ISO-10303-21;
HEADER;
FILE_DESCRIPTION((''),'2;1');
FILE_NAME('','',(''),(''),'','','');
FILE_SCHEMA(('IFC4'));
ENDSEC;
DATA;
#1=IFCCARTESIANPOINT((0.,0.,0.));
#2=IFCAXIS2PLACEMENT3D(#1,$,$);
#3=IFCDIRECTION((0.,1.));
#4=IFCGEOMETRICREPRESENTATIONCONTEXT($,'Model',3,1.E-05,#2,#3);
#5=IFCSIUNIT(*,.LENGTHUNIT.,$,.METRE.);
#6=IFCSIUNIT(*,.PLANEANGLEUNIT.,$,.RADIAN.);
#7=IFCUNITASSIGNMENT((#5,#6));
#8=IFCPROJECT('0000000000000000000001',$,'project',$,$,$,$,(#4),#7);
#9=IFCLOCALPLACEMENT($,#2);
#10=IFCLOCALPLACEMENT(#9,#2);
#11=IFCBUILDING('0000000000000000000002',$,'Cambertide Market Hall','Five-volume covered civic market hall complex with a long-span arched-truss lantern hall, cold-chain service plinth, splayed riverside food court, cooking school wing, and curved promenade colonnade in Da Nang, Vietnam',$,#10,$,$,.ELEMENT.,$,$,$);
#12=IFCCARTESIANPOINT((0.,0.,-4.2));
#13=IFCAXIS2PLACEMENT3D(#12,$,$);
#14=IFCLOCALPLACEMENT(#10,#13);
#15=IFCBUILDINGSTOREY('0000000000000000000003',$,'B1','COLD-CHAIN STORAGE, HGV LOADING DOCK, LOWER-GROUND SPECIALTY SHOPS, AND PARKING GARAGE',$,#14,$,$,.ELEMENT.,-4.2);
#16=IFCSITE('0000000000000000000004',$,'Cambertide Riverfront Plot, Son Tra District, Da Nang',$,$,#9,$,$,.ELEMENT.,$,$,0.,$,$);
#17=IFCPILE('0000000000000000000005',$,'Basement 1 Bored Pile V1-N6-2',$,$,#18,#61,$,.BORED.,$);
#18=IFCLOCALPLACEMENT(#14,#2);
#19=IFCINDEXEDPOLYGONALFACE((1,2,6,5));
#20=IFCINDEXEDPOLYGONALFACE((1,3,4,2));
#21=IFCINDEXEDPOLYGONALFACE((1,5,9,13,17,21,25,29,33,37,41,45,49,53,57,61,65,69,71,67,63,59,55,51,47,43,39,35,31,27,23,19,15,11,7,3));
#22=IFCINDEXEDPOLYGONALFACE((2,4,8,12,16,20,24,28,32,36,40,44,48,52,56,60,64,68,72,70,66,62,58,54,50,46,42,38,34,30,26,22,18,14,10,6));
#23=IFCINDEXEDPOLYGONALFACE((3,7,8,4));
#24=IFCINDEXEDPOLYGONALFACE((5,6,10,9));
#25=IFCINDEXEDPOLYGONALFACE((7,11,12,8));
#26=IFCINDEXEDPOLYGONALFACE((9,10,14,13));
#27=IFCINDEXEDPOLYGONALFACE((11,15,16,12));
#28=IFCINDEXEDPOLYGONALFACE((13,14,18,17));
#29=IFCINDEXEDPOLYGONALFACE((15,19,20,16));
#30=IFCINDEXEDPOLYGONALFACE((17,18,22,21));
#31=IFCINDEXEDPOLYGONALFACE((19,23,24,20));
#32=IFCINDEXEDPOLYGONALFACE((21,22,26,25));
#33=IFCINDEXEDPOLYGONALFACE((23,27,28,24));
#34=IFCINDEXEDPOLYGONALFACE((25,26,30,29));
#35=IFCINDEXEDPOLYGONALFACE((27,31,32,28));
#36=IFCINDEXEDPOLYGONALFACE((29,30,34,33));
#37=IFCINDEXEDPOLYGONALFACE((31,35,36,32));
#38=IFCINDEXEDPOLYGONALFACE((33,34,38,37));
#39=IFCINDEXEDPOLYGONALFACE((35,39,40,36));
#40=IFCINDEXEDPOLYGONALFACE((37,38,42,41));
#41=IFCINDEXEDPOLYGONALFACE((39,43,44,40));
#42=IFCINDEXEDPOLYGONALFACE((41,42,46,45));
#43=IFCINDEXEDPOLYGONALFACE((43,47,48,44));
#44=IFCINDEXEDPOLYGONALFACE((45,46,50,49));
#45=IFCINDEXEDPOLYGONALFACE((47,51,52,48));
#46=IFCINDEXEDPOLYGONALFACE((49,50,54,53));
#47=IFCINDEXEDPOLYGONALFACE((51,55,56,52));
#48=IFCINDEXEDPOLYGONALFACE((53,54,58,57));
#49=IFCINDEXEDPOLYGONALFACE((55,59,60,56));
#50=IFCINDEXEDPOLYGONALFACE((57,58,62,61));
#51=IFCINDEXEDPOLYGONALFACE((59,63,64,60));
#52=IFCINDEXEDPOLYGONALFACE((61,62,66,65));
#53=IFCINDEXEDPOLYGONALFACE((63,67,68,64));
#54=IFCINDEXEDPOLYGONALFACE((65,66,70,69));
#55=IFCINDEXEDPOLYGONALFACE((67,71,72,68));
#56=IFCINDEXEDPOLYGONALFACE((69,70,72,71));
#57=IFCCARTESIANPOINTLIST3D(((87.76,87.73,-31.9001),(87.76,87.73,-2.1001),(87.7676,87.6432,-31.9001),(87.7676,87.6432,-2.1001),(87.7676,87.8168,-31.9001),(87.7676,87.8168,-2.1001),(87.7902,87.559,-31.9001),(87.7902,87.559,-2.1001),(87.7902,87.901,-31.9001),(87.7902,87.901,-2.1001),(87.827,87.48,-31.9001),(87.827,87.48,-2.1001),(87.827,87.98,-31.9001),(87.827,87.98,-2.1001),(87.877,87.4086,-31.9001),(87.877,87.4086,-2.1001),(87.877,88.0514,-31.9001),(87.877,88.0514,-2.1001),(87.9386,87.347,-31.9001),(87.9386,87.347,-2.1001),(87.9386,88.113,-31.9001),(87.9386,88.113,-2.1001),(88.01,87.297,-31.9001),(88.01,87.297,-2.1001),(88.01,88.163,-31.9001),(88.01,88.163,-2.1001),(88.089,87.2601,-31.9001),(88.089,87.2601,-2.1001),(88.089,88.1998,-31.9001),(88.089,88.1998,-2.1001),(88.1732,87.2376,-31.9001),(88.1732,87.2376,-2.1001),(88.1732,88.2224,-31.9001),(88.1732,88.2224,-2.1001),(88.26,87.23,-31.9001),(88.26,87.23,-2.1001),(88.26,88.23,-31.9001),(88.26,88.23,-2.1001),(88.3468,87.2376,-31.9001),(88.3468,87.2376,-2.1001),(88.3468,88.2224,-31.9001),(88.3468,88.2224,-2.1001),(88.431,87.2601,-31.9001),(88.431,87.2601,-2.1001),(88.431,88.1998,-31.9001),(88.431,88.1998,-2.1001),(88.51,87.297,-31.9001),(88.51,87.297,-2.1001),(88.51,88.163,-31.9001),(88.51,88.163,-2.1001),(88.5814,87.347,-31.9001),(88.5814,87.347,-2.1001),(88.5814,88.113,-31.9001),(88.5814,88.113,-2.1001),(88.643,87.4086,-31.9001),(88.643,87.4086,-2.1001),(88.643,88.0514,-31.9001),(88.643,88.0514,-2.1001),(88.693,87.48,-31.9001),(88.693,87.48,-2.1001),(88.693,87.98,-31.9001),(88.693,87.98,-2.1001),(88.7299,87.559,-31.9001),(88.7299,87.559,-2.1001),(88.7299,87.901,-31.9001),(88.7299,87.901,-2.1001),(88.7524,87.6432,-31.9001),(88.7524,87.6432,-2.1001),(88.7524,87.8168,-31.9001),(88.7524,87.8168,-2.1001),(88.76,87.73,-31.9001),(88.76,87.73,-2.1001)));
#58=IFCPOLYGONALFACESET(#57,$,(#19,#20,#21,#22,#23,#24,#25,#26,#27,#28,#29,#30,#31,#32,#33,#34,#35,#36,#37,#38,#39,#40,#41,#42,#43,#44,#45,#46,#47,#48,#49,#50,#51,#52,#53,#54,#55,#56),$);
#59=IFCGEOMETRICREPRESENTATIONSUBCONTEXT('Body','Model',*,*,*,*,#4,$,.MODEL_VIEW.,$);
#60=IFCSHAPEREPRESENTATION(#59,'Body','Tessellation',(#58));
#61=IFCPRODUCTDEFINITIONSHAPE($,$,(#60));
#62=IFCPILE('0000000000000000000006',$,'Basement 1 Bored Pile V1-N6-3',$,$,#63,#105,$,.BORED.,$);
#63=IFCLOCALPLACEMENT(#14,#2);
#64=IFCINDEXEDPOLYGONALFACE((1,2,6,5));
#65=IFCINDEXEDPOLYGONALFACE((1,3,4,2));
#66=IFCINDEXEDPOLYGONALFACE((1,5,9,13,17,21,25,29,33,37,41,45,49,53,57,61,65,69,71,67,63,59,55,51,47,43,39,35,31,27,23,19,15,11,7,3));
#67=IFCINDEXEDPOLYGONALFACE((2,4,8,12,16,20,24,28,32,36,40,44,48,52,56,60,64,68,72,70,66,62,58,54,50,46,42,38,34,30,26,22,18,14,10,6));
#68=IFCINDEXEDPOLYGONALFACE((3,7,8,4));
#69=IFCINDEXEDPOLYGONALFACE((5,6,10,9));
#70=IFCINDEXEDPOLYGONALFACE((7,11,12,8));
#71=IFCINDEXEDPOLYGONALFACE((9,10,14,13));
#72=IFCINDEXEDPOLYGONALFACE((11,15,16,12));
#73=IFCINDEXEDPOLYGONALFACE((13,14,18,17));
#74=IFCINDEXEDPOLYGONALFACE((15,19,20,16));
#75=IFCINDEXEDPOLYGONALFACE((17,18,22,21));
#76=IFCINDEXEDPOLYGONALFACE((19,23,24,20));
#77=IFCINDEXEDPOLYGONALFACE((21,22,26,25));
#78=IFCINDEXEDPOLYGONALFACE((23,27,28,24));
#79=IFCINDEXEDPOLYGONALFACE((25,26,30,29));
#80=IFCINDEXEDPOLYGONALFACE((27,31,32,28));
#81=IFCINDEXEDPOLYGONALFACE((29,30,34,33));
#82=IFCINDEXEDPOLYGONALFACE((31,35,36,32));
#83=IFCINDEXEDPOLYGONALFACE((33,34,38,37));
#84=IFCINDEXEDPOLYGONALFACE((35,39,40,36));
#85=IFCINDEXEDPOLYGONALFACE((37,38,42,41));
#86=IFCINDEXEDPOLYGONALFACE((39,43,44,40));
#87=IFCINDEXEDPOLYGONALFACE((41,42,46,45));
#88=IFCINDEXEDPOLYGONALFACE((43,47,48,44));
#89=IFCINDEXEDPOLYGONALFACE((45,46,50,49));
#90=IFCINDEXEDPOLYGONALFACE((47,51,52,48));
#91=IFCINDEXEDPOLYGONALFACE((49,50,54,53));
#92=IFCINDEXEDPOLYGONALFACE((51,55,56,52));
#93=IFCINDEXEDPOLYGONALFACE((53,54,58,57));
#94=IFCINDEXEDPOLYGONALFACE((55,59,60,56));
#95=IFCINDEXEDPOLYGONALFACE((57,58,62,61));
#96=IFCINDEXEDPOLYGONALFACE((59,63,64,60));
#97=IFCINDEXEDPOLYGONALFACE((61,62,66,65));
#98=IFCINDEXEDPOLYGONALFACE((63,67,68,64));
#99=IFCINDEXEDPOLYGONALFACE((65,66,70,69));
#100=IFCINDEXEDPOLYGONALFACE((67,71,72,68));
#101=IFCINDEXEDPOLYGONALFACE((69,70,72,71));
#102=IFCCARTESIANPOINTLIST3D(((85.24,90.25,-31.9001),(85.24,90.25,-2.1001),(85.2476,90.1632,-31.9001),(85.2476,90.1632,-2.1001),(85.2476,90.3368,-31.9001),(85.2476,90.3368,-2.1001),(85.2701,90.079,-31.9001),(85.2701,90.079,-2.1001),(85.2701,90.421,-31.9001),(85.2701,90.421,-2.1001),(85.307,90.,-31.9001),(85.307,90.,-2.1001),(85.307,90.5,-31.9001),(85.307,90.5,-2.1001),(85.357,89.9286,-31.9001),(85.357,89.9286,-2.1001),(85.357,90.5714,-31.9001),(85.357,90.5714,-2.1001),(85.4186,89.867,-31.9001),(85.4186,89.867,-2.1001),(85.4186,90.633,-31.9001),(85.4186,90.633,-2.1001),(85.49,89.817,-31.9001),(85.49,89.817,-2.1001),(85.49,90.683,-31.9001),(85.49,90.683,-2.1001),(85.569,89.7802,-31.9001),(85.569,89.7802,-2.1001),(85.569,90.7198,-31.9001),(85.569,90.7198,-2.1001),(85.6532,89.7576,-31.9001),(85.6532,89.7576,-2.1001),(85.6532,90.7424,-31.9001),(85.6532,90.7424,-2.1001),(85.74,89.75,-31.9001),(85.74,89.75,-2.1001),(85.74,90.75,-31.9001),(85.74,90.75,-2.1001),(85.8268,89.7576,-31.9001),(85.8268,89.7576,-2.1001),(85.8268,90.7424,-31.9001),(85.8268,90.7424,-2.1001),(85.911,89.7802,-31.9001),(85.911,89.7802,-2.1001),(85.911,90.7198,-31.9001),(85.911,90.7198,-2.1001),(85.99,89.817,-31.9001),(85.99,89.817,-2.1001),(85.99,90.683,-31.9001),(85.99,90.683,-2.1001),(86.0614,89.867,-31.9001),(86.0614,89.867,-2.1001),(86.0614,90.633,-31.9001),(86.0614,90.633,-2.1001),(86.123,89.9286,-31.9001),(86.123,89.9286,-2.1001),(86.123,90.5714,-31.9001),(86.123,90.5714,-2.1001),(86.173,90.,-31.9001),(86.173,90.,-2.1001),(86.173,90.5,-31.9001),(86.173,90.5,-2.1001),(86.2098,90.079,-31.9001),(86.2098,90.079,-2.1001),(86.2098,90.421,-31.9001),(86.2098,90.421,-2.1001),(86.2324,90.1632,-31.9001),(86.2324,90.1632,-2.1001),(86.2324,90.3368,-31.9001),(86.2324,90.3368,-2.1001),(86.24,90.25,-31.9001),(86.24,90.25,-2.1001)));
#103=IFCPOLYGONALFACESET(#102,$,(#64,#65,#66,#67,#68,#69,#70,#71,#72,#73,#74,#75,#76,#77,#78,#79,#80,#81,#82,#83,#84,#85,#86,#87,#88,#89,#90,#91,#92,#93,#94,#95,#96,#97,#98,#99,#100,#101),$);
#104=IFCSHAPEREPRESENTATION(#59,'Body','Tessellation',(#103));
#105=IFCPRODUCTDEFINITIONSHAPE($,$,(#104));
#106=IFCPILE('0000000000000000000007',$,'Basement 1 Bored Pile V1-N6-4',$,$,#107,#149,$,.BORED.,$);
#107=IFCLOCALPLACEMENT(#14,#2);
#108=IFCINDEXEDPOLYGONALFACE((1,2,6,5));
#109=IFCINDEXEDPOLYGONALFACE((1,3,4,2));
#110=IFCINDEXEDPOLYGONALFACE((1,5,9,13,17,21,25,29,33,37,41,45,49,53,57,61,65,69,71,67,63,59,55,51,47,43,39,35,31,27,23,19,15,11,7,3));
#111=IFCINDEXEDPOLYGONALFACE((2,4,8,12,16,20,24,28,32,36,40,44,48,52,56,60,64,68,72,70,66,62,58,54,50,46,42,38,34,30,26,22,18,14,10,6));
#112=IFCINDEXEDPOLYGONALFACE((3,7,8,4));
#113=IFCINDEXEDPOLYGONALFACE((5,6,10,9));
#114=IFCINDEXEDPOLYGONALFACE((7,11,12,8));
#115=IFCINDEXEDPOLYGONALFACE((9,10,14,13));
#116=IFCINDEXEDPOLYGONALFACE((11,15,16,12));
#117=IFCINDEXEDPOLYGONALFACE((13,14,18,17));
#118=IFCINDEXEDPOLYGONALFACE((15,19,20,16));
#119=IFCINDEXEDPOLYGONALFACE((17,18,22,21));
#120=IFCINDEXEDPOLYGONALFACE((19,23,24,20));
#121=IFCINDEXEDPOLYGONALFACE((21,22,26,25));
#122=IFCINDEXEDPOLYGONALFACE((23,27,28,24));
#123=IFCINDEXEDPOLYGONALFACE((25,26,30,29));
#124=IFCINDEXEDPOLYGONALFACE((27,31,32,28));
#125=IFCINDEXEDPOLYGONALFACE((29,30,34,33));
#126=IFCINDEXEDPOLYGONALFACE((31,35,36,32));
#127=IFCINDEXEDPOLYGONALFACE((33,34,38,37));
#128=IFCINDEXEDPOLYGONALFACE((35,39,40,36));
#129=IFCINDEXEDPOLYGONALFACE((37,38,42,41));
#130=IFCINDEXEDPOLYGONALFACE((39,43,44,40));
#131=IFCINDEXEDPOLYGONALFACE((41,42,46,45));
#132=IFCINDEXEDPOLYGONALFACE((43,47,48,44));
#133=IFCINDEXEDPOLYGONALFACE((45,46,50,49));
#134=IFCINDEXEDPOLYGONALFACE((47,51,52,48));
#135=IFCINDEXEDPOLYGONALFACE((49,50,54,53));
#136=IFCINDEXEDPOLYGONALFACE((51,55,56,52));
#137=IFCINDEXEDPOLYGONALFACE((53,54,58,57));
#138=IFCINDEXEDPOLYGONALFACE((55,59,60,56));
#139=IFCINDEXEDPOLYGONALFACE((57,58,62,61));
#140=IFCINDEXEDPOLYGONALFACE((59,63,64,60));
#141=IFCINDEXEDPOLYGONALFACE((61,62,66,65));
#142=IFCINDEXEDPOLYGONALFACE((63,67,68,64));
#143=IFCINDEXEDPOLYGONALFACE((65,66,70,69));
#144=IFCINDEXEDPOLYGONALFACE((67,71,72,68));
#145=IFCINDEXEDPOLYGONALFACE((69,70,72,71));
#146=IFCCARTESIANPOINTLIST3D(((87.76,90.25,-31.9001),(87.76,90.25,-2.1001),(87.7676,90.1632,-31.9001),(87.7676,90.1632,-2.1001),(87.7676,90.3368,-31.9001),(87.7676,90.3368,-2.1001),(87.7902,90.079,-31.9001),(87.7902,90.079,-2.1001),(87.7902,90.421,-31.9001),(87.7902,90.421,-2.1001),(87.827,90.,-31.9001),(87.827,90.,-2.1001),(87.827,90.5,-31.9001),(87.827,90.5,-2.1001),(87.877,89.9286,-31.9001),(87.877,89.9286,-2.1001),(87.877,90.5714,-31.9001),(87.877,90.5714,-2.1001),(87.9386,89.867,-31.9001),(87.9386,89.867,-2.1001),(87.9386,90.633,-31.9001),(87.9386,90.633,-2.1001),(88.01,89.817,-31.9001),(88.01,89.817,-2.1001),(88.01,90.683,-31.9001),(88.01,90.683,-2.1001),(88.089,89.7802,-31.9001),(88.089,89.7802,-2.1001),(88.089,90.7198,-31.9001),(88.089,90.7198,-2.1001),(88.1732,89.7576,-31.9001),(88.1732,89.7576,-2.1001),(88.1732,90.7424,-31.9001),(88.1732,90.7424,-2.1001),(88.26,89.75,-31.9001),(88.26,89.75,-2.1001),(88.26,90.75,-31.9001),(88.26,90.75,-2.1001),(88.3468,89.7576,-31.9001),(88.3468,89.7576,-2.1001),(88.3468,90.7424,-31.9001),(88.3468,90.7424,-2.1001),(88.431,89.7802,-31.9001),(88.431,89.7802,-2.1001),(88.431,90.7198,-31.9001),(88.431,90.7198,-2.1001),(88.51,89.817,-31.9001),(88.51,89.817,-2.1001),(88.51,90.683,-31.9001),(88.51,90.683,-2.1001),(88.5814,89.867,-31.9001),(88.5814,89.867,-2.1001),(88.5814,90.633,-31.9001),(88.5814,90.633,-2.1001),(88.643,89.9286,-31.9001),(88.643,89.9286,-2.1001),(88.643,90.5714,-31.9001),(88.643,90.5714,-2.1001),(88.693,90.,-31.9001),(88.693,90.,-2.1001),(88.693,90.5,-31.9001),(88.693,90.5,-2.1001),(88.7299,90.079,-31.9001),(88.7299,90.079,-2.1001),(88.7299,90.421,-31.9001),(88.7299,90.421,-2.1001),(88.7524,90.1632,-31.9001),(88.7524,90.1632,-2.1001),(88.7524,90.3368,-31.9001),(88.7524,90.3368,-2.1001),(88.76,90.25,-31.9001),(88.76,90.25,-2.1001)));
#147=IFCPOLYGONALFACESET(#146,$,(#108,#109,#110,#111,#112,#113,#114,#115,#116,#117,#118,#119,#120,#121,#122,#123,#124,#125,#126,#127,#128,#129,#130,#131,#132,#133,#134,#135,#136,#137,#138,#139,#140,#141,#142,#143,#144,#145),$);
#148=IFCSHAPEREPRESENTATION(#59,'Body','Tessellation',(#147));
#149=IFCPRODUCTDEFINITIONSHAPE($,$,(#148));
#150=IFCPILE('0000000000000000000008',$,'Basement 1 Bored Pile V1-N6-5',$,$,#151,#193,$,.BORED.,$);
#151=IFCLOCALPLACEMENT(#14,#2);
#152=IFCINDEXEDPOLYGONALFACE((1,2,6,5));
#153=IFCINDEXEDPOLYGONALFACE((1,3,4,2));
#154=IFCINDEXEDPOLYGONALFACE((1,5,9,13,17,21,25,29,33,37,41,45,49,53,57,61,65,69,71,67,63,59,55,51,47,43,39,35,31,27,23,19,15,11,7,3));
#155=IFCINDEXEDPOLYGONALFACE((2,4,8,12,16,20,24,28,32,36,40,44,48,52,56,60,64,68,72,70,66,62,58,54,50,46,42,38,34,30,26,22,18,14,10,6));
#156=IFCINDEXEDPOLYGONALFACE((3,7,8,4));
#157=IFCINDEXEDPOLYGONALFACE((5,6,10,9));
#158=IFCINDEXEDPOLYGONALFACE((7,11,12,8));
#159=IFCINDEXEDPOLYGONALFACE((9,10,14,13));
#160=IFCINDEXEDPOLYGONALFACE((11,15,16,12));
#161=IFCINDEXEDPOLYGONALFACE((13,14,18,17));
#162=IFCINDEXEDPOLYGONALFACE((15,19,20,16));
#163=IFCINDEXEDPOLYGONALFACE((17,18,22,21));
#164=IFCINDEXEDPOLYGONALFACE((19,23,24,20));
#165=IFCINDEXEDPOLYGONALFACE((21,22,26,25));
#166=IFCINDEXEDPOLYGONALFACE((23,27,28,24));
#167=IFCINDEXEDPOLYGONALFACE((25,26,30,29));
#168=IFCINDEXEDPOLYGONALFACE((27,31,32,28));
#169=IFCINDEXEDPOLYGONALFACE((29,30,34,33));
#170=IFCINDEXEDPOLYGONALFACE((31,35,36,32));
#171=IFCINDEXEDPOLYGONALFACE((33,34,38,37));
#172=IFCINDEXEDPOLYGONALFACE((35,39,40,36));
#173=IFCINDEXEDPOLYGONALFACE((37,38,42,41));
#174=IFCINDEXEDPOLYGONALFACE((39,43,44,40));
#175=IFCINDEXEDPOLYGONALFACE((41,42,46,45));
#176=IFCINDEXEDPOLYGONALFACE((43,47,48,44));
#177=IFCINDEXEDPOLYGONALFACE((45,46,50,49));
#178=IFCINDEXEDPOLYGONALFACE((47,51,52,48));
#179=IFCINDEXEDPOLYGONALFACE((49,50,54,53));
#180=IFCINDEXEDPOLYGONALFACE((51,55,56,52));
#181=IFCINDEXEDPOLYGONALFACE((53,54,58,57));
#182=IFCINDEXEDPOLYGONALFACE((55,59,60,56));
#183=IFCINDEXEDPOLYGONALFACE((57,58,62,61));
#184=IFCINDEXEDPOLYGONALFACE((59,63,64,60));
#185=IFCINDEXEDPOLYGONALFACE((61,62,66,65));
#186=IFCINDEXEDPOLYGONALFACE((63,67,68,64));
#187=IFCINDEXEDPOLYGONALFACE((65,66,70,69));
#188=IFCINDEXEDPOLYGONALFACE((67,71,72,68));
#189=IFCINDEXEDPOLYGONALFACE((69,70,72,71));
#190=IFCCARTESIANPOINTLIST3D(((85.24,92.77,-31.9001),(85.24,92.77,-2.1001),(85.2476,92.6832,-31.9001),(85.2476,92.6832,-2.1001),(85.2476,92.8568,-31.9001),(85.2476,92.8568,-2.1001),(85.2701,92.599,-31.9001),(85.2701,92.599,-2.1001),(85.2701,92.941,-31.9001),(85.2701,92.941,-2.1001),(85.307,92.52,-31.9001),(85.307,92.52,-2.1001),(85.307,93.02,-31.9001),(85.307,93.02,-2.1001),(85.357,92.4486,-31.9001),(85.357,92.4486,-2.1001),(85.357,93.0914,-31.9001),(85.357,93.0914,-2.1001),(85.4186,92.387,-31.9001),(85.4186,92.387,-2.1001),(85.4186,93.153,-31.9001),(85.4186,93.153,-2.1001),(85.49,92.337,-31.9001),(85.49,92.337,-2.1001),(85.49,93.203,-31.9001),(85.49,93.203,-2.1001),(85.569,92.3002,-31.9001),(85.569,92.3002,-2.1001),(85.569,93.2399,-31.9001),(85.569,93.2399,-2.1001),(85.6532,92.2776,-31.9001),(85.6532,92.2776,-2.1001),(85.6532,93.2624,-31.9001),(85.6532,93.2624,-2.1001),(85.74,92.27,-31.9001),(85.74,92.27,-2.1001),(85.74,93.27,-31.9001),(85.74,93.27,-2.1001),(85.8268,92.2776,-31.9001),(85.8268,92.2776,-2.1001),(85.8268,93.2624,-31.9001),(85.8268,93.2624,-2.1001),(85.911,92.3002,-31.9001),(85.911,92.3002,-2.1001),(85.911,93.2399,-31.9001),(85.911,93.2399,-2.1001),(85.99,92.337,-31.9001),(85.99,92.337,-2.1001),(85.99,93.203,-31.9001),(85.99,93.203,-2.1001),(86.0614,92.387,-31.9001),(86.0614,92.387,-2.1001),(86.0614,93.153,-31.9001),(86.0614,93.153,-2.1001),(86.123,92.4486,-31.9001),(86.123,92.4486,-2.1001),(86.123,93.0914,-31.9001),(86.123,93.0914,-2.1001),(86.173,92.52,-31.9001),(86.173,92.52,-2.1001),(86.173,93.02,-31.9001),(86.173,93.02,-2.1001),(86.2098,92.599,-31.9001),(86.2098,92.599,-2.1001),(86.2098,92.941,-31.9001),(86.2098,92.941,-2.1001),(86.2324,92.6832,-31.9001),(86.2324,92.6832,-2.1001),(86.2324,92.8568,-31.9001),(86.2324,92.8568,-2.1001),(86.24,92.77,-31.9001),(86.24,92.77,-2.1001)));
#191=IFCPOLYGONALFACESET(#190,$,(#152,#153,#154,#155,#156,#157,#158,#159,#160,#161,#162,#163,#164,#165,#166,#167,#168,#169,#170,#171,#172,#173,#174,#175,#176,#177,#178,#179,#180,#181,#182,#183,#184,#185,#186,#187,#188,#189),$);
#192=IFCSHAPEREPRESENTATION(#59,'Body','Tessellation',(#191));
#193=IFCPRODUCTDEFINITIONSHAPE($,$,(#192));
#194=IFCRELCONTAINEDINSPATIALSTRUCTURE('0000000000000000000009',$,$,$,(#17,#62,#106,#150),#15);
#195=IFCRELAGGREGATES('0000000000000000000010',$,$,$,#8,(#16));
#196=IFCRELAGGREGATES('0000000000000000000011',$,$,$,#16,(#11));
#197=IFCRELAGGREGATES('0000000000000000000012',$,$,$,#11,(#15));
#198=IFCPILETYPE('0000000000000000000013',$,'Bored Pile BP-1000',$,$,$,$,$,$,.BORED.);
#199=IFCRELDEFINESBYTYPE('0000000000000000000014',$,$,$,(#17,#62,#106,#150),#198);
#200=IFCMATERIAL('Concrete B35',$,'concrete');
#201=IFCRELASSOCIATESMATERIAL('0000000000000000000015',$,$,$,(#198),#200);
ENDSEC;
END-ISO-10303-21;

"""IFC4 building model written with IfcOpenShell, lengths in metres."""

from ifc_helpers import new_model, si_unit, direction, frame, origin, origin_2d, place, context, subcontext, project, spatial, circle, extrude, material, material_profile, profile_set, type_object, element, save


model = new_model("IFC4")

# Units and contexts
model_context = context("Model", 3, precision=1e-05, world=origin(), true_north=direction((0.0, 1.0)))
body_context = subcontext(model_context, "Body", "Model", "MODEL_VIEW")
ifc_project = project(units=[si_unit("LENGTHUNIT", "METRE"), si_unit("PLANEANGLEUNIT", "RADIAN")], contexts=[model_context])

# Site, building, storey
site_placement = place(None, origin())
site = spatial("IfcSite", under=ifc_project, at=site_placement, Name="Cambertide Riverfront Plot, Son Tra District, Da Nang", CompositionType="ELEMENT", RefElevation=0.0)
building_placement = place(site_placement, origin())
building = spatial("IfcBuilding", under=site, at=building_placement, Name="Cambertide Market Hall", Description="Five-volume covered civic market hall complex with a long-span arched-truss lantern hall, cold-chain service plinth, splayed riverside food court, cooking school wing, and curved promenade colonnade in Da Nang, Vietnam", CompositionType="ELEMENT")
storey_placement = place(building_placement, frame((0.0, 0.0, -4.2)))
storey = spatial("IfcBuildingStorey", under=building, at=storey_placement, Name="B1", Description="COLD-CHAIN STORAGE, HGV LOADING DOCK, LOWER-GROUND SPECIALTY SHOPS, AND PARKING GARAGE", CompositionType="ELEMENT", Elevation=-4.2)

# Piles
ifc_material_1 = material(Name="Concrete B35", Category="concrete")
ifc_material_profile_1 = material_profile(ifc_material_1, circle(Radius=0.5, at=origin_2d()), Name="BP D1000")
ifc_profile_set_1 = profile_set([ifc_material_profile_1], Name="Concrete B35")
pile_type = type_object("IfcPileType", Name="Bored Pile BP-1000", PredefinedType="BORED", material=ifc_profile_set_1)
for number, where, z_axis, x_axis, name in (
    (1, (88.26, 87.73, -2.1001), (0.0, 0.0, -1.0), (1.0, 0.0, 0.0), "Basement 1 Bored Pile V1-N6-2"),
    (2, (85.74, 90.25, -2.1001), (0.0, 0.0, -1.0), (1.0, 0.0, 0.0), "Basement 1 Bored Pile V1-N6-3"),
    (3, (88.26, 90.25, -2.1001), (0.0, 0.0, -1.0), (1.0, 0.0, 0.0), "Basement 1 Bored Pile V1-N6-4"),
    (4, (85.74, 92.77, -2.1001), (0.0, 0.0, -1.0), (1.0, 0.0, 0.0), "Basement 1 Bored Pile V1-N6-5"),
):
    element("IfcPile", number, at=place(storey_placement, frame(where, z_axis=z_axis, x_axis=x_axis)), inside=storey, type_object=pile_type, Name=name, PredefinedType="BORED", context=body_context, shape_type="SweptSolid", body=[
        extrude(circle(Radius=0.5, at=origin_2d()), origin(), (0.0, 0.0, 1.0), 29.8),
    ])

save(model, "model.ifc")
